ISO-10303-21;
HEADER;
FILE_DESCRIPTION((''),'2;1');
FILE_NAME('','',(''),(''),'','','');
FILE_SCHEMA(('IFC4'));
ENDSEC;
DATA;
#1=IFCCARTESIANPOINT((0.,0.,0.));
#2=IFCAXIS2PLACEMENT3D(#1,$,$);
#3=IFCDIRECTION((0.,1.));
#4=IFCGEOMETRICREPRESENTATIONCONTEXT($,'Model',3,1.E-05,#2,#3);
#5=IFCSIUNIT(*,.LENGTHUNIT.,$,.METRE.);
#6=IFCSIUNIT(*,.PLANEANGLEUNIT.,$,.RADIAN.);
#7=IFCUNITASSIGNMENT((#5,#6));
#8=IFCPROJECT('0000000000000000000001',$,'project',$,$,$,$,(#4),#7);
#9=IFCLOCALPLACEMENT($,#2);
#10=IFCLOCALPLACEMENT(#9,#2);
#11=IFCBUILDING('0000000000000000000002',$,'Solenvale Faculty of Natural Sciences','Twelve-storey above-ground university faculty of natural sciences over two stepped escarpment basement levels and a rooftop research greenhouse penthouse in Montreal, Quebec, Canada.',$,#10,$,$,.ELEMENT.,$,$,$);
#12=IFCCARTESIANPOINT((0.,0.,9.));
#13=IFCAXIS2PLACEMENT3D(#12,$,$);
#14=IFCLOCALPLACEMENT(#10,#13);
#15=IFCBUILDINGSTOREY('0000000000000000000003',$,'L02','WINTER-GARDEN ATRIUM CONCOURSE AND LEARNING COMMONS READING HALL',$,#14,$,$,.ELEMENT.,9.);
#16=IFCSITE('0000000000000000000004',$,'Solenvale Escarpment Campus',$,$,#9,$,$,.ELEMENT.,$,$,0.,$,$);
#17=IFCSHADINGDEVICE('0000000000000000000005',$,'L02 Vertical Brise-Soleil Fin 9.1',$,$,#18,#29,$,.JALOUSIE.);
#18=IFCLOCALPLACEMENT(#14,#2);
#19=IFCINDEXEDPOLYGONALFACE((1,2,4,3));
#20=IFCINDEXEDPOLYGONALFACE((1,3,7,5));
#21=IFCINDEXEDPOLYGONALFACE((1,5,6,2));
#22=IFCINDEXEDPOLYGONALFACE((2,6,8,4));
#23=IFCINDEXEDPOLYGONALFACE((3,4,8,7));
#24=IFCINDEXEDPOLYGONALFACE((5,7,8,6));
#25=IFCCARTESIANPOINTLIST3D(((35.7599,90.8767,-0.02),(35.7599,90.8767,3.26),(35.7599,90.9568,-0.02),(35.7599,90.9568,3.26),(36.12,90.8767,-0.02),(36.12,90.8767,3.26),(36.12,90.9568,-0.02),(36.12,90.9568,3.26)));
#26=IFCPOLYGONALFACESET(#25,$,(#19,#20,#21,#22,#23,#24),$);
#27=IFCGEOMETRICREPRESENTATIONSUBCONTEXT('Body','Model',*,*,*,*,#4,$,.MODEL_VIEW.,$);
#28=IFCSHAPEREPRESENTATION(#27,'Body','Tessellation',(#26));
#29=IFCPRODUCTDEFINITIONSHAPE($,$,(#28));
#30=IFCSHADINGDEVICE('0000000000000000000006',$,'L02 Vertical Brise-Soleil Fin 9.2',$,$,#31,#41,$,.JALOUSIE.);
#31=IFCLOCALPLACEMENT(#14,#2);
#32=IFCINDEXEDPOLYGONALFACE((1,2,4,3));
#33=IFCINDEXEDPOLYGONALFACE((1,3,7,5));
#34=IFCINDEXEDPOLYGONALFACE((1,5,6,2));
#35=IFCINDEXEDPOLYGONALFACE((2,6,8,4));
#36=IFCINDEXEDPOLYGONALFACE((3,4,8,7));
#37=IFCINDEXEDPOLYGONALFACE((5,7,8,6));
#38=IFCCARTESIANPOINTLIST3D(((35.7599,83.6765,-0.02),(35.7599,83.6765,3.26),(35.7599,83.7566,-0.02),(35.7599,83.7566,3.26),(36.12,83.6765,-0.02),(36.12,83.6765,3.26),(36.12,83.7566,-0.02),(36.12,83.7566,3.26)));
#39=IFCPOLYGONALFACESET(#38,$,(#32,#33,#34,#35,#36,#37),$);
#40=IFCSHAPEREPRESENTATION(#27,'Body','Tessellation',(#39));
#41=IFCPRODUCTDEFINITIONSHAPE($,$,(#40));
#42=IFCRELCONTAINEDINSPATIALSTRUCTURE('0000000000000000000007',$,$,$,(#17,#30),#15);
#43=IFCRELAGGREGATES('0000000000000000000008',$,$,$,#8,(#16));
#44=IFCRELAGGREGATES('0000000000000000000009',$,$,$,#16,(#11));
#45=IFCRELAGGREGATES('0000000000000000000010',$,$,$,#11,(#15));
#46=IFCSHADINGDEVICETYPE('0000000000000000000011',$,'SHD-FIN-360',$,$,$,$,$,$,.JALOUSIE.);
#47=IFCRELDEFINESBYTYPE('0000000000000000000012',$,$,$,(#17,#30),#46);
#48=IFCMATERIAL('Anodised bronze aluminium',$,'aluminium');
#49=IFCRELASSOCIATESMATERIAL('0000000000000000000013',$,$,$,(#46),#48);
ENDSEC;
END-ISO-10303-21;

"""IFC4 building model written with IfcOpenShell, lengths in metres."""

from ifc_helpers import new_model, si_unit, direction, frame, origin, origin_2d, place, context, subcontext, project, spatial, rectangle, extrude, material, material_profile, profile_set, type_object, element, save


model = new_model("IFC4")

# Units and contexts
model_context = context("Model", 3, precision=1e-05, world=origin(), true_north=direction((0.0, 1.0)))
body_context = subcontext(model_context, "Body", "Model", "MODEL_VIEW")
ifc_project = project(units=[si_unit("LENGTHUNIT", "METRE"), si_unit("PLANEANGLEUNIT", "RADIAN")], contexts=[model_context])

# Site, building, storey
site_placement = place(None, origin())
site = spatial("IfcSite", under=ifc_project, at=site_placement, Name="Solenvale Escarpment Campus", CompositionType="ELEMENT", RefElevation=0.0)
building_placement = place(site_placement, origin())
building = spatial("IfcBuilding", under=site, at=building_placement, Name="Solenvale Faculty of Natural Sciences", Description="Twelve-storey above-ground university faculty of natural sciences over two stepped escarpment basement levels and a rooftop research greenhouse penthouse in Montreal, Quebec, Canada.", CompositionType="ELEMENT")
storey_placement = place(building_placement, frame((0.0, 0.0, 9.0)))
storey = spatial("IfcBuildingStorey", under=building, at=storey_placement, Name="L02", Description="WINTER-GARDEN ATRIUM CONCOURSE AND LEARNING COMMONS READING HALL", CompositionType="ELEMENT", Elevation=9.0)

# Shared definitions
ifc_material_1 = material(Name="Anodised bronze aluminium", Category="aluminium")

# Shading devices
ifc_material_profile_1 = material_profile(ifc_material_1, rectangle(XDim=0.0801, YDim=0.3601, at=origin_2d()), Name="ALU-FIN-80x360")
ifc_profile_set_1 = profile_set([ifc_material_profile_1], Name="Anodised bronze aluminium")
shading_device_type = type_object("IfcShadingDeviceType", Name="SHD-FIN-360", PredefinedType="JALOUSIE", material=ifc_profile_set_1)
for number, where, z_axis, x_axis, name in (
    (1, (35.9399, 90.9167, -0.02), (0.0, 0.0, 1.0), (0.0, 1.0, 0.0), "L02 Vertical Brise-Soleil Fin 9.1"),
    (2, (35.9399, 83.7166, -0.02), (0.0, 0.0, 1.0), (0.0, 1.0, 0.0), "L02 Vertical Brise-Soleil Fin 9.2"),
):
    element("IfcShadingDevice", number, at=place(storey_placement, frame(where, z_axis=z_axis, x_axis=x_axis)), inside=storey, type_object=shading_device_type, Name=name, PredefinedType="JALOUSIE", context=body_context, shape_type="SweptSolid", body=[
        extrude(rectangle(XDim=0.0801, YDim=0.3601, at=origin_2d()), origin(), (0.0, 0.0, 1.0), 3.28),
    ])

save(model, "model.ifc")
